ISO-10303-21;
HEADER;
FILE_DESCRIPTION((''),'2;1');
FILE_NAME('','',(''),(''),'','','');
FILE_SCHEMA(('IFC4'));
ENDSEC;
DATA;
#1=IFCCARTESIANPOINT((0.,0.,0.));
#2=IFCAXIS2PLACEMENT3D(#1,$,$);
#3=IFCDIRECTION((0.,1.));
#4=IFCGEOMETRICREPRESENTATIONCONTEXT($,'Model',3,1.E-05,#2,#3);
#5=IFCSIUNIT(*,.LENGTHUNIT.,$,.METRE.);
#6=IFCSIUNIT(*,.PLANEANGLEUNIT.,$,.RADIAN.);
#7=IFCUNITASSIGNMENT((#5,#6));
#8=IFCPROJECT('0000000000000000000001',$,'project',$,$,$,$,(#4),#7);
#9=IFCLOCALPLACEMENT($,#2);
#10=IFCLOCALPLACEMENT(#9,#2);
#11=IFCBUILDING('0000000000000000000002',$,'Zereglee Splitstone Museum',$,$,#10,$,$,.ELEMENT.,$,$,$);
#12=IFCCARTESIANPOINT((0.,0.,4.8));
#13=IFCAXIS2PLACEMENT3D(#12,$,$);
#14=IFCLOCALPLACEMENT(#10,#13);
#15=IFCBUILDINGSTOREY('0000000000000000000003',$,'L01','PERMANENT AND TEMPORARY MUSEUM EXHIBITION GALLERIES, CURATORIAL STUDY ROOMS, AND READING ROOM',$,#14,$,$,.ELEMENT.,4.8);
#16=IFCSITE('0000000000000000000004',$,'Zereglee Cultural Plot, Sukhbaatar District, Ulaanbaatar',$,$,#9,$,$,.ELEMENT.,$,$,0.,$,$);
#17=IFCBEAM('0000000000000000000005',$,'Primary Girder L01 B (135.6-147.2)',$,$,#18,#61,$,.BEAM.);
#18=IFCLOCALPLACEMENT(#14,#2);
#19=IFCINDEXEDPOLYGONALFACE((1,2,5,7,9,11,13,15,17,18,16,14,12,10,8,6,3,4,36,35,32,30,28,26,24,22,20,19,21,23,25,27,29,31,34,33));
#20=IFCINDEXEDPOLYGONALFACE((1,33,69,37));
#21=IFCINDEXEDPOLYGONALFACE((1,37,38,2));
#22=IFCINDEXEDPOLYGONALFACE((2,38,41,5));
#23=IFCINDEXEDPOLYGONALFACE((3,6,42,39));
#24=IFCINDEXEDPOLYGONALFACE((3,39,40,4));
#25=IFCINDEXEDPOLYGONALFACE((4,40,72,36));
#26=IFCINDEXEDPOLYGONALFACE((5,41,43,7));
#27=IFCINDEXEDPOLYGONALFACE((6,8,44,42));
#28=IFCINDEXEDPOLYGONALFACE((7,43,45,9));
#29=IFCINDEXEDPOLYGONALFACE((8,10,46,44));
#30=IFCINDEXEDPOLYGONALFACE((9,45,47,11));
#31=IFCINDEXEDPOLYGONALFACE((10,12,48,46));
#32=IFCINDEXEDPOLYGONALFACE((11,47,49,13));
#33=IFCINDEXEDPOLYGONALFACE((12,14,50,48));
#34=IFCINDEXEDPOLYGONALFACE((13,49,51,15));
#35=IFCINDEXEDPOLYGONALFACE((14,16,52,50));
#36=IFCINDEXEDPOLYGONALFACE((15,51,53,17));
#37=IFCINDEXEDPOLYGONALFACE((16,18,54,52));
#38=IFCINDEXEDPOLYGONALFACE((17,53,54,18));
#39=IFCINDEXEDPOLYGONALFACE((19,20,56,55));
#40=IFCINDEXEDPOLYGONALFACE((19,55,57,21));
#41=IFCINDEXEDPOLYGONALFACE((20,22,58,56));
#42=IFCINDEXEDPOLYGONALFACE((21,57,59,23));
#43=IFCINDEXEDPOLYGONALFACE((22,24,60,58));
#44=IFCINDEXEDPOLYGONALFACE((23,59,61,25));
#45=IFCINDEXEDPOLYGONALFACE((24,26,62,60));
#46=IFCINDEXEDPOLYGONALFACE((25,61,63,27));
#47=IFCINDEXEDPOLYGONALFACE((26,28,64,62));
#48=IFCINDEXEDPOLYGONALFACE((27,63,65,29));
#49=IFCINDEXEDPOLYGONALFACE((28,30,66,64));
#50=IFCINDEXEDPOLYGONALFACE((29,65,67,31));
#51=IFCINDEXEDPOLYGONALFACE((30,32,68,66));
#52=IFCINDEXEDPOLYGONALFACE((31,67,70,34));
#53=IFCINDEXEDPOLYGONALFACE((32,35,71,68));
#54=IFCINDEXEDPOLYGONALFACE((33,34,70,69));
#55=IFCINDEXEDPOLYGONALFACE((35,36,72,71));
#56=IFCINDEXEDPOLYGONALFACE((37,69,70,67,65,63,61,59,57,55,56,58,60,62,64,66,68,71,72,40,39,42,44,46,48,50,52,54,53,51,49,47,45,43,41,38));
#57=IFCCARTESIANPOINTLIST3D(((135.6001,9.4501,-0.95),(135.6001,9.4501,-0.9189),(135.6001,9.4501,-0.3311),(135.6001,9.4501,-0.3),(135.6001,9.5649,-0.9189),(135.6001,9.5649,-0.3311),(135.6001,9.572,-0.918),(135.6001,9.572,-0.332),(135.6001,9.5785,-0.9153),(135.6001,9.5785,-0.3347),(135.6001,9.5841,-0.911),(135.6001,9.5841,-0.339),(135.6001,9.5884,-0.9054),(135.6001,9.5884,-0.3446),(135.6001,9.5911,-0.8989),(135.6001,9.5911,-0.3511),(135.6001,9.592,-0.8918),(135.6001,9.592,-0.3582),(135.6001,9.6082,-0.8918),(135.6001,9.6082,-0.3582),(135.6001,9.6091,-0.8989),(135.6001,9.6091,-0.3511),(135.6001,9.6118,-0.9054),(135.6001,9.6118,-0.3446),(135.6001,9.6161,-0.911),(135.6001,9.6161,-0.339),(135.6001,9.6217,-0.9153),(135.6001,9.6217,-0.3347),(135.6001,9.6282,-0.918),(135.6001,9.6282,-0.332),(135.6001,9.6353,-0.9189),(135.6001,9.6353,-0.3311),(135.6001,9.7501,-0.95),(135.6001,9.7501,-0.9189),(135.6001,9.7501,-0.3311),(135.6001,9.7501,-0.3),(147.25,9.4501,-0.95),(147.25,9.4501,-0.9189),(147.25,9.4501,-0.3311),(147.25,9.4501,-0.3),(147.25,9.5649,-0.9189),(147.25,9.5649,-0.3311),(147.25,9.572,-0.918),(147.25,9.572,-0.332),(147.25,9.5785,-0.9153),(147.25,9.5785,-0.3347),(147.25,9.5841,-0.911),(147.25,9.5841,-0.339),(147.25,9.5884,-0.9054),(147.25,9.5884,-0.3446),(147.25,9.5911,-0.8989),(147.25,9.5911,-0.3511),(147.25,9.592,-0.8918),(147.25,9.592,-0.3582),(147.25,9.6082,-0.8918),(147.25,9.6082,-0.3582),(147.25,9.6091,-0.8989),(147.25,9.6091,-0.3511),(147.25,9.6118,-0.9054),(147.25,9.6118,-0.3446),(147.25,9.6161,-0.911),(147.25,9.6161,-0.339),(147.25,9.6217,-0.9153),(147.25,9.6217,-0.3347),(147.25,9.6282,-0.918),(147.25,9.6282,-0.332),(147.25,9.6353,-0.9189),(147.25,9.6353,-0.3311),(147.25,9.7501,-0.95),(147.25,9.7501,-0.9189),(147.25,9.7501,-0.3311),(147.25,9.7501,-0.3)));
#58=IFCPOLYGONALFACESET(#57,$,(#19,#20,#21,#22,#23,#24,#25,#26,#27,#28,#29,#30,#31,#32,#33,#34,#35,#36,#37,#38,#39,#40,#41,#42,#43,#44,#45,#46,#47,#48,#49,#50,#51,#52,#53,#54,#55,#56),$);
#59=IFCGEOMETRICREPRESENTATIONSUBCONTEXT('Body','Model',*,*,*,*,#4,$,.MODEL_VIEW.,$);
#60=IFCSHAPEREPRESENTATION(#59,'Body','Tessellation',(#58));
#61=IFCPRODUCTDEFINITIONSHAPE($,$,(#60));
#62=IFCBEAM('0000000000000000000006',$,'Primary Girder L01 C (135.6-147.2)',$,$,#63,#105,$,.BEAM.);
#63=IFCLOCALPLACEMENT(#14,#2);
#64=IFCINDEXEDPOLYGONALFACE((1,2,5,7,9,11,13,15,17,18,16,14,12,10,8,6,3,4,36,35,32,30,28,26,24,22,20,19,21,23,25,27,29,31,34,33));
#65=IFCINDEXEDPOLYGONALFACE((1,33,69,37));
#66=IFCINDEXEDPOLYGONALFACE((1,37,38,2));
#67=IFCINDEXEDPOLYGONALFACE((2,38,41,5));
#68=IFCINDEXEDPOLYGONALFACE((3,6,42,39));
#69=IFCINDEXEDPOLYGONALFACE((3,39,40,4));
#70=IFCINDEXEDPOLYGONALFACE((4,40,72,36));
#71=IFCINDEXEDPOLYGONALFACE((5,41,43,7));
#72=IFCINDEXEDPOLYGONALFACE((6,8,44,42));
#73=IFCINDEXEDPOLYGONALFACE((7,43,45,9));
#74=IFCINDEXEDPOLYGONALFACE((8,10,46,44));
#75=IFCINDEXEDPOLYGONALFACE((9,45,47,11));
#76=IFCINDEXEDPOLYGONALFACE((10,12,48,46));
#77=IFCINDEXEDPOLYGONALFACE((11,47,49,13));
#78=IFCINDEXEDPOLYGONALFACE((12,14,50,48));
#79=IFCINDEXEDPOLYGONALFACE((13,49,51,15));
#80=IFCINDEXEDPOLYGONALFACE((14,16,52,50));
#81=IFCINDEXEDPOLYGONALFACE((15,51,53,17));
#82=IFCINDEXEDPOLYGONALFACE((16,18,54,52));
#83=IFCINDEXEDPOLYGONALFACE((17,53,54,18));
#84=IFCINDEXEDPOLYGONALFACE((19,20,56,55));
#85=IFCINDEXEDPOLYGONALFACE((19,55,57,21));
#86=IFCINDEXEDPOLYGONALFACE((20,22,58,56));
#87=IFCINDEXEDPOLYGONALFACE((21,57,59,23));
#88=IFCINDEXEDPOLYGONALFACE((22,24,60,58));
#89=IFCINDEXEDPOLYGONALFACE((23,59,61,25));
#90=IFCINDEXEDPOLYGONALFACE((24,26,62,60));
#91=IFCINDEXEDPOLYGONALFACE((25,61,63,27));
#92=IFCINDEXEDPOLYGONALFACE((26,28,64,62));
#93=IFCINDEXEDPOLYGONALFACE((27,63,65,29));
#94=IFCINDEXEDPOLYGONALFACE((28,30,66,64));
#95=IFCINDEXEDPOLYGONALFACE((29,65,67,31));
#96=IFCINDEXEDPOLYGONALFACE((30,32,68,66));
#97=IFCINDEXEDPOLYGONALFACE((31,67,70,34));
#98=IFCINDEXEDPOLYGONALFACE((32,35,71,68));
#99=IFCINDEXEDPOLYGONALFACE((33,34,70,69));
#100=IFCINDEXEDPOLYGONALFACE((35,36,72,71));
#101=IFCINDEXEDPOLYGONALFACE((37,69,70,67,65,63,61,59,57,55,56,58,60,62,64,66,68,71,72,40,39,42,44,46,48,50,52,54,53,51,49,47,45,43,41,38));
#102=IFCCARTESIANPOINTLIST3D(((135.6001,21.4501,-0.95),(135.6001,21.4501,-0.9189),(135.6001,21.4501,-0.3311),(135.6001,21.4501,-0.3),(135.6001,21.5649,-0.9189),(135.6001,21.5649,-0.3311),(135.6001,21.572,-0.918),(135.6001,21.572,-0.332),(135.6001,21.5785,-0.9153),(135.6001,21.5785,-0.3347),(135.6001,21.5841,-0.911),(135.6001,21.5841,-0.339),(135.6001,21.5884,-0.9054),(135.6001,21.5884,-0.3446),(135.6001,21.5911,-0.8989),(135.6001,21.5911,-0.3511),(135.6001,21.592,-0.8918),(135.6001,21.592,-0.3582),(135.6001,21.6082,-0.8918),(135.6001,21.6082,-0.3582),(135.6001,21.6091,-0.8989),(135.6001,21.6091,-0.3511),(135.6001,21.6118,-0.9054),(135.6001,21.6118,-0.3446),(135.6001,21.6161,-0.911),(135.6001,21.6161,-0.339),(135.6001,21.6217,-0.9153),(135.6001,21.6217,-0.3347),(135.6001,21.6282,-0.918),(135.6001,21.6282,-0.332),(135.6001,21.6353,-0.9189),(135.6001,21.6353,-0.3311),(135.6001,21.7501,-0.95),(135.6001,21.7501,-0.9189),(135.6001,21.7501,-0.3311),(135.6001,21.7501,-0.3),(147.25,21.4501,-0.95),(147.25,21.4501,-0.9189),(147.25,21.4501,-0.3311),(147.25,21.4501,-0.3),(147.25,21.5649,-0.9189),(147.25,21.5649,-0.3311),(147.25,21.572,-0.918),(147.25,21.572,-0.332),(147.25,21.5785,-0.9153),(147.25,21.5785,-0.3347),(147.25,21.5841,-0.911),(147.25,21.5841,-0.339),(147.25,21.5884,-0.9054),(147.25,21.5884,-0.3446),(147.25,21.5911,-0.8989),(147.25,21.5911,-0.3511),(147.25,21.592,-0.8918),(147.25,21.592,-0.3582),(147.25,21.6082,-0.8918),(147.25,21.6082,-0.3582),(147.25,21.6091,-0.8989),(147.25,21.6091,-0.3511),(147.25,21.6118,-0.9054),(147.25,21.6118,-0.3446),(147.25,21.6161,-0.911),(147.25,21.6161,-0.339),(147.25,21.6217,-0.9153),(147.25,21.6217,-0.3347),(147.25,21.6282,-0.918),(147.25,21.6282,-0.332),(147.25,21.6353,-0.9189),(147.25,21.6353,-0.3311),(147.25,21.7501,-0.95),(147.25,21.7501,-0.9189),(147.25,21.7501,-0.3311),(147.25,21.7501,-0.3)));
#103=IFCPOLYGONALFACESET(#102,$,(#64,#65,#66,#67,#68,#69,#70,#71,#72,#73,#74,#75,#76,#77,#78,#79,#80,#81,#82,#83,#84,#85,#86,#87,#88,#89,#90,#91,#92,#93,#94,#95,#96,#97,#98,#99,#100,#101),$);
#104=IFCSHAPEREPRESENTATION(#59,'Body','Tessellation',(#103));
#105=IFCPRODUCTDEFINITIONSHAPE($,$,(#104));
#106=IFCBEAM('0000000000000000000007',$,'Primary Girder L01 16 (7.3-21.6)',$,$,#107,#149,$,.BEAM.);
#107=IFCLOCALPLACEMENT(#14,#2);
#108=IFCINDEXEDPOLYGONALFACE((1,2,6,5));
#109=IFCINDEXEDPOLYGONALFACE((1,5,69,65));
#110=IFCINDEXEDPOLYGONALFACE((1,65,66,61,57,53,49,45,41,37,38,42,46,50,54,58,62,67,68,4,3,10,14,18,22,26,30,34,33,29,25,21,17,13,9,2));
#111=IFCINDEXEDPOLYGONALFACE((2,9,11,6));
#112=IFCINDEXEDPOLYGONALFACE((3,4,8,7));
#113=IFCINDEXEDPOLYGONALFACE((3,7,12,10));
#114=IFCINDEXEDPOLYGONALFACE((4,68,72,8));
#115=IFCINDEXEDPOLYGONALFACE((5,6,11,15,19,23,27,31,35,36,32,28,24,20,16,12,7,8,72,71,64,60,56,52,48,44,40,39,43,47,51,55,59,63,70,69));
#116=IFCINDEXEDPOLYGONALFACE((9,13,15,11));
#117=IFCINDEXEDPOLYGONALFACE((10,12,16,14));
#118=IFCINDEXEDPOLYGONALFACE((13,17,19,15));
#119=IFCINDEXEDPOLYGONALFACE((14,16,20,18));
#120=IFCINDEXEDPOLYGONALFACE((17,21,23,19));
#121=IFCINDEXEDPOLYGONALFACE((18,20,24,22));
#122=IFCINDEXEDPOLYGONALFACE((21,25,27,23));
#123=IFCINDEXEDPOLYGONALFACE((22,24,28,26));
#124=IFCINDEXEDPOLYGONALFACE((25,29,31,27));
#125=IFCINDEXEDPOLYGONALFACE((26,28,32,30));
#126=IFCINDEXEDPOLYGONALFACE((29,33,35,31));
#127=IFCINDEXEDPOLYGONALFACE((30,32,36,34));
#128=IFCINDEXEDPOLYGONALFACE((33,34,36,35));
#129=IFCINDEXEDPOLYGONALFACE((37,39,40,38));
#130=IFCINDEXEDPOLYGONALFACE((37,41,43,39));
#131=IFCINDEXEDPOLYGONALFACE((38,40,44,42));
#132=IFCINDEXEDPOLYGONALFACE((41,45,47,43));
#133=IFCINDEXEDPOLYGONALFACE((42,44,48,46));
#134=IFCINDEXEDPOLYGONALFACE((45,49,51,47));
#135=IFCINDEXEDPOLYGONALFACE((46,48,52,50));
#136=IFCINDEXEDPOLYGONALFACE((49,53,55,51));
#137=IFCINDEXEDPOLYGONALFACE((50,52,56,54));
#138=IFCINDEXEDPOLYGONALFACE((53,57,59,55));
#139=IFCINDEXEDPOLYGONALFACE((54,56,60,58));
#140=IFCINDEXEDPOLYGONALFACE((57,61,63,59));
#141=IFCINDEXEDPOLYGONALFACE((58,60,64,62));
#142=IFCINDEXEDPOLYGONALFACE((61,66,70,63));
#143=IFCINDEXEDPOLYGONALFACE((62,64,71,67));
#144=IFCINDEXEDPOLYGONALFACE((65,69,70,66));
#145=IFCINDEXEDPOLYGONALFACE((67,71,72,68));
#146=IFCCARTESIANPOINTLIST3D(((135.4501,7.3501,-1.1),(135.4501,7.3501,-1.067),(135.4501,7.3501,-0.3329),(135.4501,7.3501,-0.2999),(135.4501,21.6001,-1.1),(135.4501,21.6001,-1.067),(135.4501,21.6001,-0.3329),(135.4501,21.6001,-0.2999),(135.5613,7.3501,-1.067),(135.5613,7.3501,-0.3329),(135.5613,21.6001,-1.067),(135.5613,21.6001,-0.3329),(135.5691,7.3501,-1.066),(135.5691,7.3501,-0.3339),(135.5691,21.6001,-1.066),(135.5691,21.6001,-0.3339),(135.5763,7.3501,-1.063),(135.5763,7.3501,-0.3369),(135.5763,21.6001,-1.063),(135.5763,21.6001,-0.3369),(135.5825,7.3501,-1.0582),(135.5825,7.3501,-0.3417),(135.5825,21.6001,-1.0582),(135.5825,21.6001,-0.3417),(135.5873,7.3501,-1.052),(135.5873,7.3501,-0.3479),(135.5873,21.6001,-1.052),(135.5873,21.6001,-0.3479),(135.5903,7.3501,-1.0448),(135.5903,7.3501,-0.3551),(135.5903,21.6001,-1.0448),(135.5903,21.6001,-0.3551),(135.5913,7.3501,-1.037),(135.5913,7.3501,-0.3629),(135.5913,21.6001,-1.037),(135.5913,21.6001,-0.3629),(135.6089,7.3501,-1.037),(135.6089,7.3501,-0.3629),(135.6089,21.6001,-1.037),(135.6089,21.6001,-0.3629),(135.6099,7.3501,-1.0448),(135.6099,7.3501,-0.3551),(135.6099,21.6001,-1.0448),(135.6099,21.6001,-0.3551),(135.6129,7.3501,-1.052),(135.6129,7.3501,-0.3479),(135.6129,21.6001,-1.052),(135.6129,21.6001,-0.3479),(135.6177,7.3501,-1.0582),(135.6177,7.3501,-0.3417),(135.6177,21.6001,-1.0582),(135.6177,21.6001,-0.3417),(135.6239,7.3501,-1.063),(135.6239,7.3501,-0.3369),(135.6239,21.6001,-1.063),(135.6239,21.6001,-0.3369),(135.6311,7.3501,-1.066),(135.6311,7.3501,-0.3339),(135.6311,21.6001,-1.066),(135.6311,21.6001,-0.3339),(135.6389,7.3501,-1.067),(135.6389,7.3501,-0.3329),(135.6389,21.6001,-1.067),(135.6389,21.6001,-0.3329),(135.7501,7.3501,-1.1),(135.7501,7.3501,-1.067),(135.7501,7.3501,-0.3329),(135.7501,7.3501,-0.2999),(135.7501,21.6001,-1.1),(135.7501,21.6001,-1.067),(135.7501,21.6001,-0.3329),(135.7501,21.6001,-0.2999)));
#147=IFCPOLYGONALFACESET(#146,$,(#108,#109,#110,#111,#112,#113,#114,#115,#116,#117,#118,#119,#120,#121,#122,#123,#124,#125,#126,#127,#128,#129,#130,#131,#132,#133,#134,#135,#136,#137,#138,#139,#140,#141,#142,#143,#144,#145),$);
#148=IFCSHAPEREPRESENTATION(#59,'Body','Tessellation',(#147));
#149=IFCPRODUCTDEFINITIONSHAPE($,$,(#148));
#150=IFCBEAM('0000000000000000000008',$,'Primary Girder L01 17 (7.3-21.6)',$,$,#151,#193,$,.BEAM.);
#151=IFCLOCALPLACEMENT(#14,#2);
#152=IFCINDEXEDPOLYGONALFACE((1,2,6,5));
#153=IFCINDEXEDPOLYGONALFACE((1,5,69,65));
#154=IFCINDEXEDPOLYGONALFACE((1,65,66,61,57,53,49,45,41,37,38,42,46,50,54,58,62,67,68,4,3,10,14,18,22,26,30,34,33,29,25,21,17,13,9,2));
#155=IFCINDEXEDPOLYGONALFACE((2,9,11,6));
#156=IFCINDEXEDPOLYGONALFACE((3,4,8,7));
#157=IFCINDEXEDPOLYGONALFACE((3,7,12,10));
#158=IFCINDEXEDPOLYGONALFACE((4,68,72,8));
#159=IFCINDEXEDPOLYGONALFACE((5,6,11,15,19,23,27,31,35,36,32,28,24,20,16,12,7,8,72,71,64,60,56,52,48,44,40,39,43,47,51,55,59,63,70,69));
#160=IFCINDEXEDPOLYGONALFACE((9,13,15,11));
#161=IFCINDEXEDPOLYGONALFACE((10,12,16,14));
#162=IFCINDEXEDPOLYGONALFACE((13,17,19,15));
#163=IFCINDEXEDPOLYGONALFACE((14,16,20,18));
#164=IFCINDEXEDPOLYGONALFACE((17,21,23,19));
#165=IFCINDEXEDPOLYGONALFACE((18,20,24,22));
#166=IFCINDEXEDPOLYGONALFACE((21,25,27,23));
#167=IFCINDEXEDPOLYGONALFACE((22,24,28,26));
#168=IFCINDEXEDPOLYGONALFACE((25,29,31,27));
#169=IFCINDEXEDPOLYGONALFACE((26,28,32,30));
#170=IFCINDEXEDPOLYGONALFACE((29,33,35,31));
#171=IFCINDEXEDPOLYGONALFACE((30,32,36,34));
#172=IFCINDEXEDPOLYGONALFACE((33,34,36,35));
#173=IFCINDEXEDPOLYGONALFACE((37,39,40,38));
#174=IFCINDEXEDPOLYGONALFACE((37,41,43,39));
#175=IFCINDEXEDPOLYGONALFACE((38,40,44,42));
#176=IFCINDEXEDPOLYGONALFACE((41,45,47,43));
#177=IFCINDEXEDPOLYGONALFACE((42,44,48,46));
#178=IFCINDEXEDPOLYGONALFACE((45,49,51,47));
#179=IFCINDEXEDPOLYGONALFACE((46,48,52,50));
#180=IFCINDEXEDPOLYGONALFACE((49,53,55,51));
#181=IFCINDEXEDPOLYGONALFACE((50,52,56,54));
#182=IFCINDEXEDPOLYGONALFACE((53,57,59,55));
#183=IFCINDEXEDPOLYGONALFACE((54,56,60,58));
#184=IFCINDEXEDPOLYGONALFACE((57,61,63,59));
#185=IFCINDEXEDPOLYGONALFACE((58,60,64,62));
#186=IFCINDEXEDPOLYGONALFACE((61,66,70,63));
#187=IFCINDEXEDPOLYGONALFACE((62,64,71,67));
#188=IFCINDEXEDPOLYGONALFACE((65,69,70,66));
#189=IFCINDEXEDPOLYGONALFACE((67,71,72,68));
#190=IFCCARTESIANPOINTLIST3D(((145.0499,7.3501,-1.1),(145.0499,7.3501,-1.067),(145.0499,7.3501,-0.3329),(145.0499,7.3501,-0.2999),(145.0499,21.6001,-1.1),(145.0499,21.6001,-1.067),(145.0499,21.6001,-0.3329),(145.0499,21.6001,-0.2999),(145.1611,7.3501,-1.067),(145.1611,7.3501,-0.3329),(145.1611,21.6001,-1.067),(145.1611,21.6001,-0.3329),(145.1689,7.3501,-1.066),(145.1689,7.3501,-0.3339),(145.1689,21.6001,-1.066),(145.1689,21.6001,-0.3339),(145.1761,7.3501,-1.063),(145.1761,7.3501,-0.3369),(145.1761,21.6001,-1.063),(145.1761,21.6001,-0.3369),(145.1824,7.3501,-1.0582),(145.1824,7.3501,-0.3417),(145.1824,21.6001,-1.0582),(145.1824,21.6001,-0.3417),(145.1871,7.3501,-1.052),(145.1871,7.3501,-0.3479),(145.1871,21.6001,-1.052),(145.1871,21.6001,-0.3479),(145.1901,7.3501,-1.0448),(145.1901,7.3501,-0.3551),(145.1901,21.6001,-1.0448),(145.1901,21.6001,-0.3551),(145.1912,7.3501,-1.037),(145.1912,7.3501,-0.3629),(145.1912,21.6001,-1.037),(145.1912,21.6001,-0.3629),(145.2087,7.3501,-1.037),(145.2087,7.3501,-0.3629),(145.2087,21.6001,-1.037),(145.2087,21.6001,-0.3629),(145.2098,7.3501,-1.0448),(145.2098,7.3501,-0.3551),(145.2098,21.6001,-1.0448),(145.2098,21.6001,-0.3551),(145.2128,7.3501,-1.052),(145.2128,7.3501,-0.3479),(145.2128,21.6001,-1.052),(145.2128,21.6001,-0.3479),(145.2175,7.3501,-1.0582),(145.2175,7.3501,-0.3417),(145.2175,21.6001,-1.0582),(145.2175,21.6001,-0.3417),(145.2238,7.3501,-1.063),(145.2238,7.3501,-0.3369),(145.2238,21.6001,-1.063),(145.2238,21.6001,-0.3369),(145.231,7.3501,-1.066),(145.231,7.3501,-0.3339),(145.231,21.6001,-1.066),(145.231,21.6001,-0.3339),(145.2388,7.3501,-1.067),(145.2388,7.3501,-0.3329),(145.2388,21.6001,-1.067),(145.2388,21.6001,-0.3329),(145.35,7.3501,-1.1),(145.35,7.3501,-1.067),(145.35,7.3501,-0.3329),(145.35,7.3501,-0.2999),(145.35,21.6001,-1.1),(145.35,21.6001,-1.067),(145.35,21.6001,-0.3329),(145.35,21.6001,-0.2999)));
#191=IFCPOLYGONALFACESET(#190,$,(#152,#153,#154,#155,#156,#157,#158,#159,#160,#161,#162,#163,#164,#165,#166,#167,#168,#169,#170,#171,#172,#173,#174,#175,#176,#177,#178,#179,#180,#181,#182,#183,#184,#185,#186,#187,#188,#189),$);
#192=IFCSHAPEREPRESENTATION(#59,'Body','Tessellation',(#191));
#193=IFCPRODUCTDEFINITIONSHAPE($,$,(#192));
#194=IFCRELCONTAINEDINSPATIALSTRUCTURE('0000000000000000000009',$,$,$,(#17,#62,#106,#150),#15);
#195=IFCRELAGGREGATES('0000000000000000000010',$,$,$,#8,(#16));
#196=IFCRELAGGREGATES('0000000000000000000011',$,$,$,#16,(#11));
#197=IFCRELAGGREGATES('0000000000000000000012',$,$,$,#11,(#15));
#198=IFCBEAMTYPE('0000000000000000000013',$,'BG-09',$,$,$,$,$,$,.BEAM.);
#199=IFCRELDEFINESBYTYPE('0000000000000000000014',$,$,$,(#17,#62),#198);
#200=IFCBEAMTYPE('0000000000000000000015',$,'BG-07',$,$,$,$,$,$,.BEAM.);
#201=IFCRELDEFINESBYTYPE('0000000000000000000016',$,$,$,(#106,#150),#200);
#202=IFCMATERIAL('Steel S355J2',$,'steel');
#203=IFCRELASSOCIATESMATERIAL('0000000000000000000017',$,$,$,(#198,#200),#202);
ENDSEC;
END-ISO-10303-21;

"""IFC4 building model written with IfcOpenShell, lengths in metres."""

from ifc_helpers import new_model, si_unit, direction, frame, origin, origin_2d, place, context, subcontext, project, spatial, i_section, extrude, material, material_profile, profile_set, type_object, element, save


model = new_model("IFC4")

# Units and contexts
model_context = context("Model", 3, precision=1e-05, world=origin(), true_north=direction((0.0, 1.0)))
body_context = subcontext(model_context, "Body", "Model", "MODEL_VIEW")
ifc_project = project(units=[si_unit("LENGTHUNIT", "METRE"), si_unit("PLANEANGLEUNIT", "RADIAN")], contexts=[model_context])

# Site, building, storey
site_placement = place(None, origin())
site = spatial("IfcSite", under=ifc_project, at=site_placement, Name="Zereglee Cultural Plot, Sukhbaatar District, Ulaanbaatar", CompositionType="ELEMENT", RefElevation=0.0)
building_placement = place(site_placement, origin())
building = spatial("IfcBuilding", under=site, at=building_placement, Name="Zereglee Splitstone Museum", CompositionType="ELEMENT")
storey_placement = place(building_placement, frame((0.0, 0.0, 4.8)))
storey = spatial("IfcBuildingStorey", under=building, at=storey_placement, Name="L01", Description="PERMANENT AND TEMPORARY MUSEUM EXHIBITION GALLERIES, CURATORIAL STUDY ROOMS, AND READING ROOM", CompositionType="ELEMENT", Elevation=4.8)

# Shared definitions
ifc_material_1 = material(Name="Steel S355J2", Category="steel")

# Beams
ifc_material_profile_1 = material_profile(ifc_material_1, i_section(OverallWidth=0.3, OverallDepth=0.6499, WebThickness=0.0161, FlangeThickness=0.031, FilletRadius=0.0271, at=origin_2d()), Name="HE 650 B")
ifc_profile_set_1 = profile_set([ifc_material_profile_1], Name="Steel S355J2")
beam_type_1 = type_object("IfcBeamType", Name="BG-09", PredefinedType="BEAM", material=ifc_profile_set_1)
for number, where, z_axis, x_axis, name in (
    (1, (135.6001, 9.6001, -0.625), (1.0, 0.0, 0.0), (0.0, 1.0, 0.0), "Primary Girder L01 B (135.6-147.2)"),
    (2, (135.6001, 21.6001, -0.625), (1.0, 0.0, 0.0), (0.0, 1.0, 0.0), "Primary Girder L01 C (135.6-147.2)"),
):
    element("IfcBeam", number, at=place(storey_placement, frame(where, z_axis=z_axis, x_axis=x_axis)), inside=storey, type_object=beam_type_1, Name=name, PredefinedType="BEAM", context=body_context, shape_type="SweptSolid", body=[
        extrude(i_section(OverallWidth=0.3, OverallDepth=0.6499, WebThickness=0.0161, FlangeThickness=0.031, FilletRadius=0.0271, at=origin_2d()), origin(), (0.0, 0.0, 1.0), 11.6499),
    ])
ifc_material_profile_2 = material_profile(ifc_material_1, i_section(OverallWidth=0.3, OverallDepth=0.8, WebThickness=0.0176, FlangeThickness=0.033, FilletRadius=0.03, at=origin_2d()), Name="HE 800 B")
ifc_profile_set_2 = profile_set([ifc_material_profile_2], Name="Steel S355J2")
beam_type_2 = type_object("IfcBeamType", Name="BG-07", PredefinedType="BEAM", material=ifc_profile_set_2)
for number, where, z_axis, x_axis, name in (
    (3, (135.6001, 7.3501, -0.7), (0.0, 1.0, 0.0), (-1.0, 0.0, 0.0), "Primary Girder L01 16 (7.3-21.6)"),
    (4, (145.2, 7.3501, -0.7), (0.0, 1.0, 0.0), (-1.0, 0.0, 0.0), "Primary Girder L01 17 (7.3-21.6)"),
):
    element("IfcBeam", number, at=place(storey_placement, frame(where, z_axis=z_axis, x_axis=x_axis)), inside=storey, type_object=beam_type_2, Name=name, PredefinedType="BEAM", context=body_context, shape_type="SweptSolid", body=[
        extrude(i_section(OverallWidth=0.3, OverallDepth=0.8, WebThickness=0.0176, FlangeThickness=0.033, FilletRadius=0.03, at=origin_2d()), origin(), (0.0, 0.0, 1.0), 14.25),
    ])

save(model, "model.ifc")
